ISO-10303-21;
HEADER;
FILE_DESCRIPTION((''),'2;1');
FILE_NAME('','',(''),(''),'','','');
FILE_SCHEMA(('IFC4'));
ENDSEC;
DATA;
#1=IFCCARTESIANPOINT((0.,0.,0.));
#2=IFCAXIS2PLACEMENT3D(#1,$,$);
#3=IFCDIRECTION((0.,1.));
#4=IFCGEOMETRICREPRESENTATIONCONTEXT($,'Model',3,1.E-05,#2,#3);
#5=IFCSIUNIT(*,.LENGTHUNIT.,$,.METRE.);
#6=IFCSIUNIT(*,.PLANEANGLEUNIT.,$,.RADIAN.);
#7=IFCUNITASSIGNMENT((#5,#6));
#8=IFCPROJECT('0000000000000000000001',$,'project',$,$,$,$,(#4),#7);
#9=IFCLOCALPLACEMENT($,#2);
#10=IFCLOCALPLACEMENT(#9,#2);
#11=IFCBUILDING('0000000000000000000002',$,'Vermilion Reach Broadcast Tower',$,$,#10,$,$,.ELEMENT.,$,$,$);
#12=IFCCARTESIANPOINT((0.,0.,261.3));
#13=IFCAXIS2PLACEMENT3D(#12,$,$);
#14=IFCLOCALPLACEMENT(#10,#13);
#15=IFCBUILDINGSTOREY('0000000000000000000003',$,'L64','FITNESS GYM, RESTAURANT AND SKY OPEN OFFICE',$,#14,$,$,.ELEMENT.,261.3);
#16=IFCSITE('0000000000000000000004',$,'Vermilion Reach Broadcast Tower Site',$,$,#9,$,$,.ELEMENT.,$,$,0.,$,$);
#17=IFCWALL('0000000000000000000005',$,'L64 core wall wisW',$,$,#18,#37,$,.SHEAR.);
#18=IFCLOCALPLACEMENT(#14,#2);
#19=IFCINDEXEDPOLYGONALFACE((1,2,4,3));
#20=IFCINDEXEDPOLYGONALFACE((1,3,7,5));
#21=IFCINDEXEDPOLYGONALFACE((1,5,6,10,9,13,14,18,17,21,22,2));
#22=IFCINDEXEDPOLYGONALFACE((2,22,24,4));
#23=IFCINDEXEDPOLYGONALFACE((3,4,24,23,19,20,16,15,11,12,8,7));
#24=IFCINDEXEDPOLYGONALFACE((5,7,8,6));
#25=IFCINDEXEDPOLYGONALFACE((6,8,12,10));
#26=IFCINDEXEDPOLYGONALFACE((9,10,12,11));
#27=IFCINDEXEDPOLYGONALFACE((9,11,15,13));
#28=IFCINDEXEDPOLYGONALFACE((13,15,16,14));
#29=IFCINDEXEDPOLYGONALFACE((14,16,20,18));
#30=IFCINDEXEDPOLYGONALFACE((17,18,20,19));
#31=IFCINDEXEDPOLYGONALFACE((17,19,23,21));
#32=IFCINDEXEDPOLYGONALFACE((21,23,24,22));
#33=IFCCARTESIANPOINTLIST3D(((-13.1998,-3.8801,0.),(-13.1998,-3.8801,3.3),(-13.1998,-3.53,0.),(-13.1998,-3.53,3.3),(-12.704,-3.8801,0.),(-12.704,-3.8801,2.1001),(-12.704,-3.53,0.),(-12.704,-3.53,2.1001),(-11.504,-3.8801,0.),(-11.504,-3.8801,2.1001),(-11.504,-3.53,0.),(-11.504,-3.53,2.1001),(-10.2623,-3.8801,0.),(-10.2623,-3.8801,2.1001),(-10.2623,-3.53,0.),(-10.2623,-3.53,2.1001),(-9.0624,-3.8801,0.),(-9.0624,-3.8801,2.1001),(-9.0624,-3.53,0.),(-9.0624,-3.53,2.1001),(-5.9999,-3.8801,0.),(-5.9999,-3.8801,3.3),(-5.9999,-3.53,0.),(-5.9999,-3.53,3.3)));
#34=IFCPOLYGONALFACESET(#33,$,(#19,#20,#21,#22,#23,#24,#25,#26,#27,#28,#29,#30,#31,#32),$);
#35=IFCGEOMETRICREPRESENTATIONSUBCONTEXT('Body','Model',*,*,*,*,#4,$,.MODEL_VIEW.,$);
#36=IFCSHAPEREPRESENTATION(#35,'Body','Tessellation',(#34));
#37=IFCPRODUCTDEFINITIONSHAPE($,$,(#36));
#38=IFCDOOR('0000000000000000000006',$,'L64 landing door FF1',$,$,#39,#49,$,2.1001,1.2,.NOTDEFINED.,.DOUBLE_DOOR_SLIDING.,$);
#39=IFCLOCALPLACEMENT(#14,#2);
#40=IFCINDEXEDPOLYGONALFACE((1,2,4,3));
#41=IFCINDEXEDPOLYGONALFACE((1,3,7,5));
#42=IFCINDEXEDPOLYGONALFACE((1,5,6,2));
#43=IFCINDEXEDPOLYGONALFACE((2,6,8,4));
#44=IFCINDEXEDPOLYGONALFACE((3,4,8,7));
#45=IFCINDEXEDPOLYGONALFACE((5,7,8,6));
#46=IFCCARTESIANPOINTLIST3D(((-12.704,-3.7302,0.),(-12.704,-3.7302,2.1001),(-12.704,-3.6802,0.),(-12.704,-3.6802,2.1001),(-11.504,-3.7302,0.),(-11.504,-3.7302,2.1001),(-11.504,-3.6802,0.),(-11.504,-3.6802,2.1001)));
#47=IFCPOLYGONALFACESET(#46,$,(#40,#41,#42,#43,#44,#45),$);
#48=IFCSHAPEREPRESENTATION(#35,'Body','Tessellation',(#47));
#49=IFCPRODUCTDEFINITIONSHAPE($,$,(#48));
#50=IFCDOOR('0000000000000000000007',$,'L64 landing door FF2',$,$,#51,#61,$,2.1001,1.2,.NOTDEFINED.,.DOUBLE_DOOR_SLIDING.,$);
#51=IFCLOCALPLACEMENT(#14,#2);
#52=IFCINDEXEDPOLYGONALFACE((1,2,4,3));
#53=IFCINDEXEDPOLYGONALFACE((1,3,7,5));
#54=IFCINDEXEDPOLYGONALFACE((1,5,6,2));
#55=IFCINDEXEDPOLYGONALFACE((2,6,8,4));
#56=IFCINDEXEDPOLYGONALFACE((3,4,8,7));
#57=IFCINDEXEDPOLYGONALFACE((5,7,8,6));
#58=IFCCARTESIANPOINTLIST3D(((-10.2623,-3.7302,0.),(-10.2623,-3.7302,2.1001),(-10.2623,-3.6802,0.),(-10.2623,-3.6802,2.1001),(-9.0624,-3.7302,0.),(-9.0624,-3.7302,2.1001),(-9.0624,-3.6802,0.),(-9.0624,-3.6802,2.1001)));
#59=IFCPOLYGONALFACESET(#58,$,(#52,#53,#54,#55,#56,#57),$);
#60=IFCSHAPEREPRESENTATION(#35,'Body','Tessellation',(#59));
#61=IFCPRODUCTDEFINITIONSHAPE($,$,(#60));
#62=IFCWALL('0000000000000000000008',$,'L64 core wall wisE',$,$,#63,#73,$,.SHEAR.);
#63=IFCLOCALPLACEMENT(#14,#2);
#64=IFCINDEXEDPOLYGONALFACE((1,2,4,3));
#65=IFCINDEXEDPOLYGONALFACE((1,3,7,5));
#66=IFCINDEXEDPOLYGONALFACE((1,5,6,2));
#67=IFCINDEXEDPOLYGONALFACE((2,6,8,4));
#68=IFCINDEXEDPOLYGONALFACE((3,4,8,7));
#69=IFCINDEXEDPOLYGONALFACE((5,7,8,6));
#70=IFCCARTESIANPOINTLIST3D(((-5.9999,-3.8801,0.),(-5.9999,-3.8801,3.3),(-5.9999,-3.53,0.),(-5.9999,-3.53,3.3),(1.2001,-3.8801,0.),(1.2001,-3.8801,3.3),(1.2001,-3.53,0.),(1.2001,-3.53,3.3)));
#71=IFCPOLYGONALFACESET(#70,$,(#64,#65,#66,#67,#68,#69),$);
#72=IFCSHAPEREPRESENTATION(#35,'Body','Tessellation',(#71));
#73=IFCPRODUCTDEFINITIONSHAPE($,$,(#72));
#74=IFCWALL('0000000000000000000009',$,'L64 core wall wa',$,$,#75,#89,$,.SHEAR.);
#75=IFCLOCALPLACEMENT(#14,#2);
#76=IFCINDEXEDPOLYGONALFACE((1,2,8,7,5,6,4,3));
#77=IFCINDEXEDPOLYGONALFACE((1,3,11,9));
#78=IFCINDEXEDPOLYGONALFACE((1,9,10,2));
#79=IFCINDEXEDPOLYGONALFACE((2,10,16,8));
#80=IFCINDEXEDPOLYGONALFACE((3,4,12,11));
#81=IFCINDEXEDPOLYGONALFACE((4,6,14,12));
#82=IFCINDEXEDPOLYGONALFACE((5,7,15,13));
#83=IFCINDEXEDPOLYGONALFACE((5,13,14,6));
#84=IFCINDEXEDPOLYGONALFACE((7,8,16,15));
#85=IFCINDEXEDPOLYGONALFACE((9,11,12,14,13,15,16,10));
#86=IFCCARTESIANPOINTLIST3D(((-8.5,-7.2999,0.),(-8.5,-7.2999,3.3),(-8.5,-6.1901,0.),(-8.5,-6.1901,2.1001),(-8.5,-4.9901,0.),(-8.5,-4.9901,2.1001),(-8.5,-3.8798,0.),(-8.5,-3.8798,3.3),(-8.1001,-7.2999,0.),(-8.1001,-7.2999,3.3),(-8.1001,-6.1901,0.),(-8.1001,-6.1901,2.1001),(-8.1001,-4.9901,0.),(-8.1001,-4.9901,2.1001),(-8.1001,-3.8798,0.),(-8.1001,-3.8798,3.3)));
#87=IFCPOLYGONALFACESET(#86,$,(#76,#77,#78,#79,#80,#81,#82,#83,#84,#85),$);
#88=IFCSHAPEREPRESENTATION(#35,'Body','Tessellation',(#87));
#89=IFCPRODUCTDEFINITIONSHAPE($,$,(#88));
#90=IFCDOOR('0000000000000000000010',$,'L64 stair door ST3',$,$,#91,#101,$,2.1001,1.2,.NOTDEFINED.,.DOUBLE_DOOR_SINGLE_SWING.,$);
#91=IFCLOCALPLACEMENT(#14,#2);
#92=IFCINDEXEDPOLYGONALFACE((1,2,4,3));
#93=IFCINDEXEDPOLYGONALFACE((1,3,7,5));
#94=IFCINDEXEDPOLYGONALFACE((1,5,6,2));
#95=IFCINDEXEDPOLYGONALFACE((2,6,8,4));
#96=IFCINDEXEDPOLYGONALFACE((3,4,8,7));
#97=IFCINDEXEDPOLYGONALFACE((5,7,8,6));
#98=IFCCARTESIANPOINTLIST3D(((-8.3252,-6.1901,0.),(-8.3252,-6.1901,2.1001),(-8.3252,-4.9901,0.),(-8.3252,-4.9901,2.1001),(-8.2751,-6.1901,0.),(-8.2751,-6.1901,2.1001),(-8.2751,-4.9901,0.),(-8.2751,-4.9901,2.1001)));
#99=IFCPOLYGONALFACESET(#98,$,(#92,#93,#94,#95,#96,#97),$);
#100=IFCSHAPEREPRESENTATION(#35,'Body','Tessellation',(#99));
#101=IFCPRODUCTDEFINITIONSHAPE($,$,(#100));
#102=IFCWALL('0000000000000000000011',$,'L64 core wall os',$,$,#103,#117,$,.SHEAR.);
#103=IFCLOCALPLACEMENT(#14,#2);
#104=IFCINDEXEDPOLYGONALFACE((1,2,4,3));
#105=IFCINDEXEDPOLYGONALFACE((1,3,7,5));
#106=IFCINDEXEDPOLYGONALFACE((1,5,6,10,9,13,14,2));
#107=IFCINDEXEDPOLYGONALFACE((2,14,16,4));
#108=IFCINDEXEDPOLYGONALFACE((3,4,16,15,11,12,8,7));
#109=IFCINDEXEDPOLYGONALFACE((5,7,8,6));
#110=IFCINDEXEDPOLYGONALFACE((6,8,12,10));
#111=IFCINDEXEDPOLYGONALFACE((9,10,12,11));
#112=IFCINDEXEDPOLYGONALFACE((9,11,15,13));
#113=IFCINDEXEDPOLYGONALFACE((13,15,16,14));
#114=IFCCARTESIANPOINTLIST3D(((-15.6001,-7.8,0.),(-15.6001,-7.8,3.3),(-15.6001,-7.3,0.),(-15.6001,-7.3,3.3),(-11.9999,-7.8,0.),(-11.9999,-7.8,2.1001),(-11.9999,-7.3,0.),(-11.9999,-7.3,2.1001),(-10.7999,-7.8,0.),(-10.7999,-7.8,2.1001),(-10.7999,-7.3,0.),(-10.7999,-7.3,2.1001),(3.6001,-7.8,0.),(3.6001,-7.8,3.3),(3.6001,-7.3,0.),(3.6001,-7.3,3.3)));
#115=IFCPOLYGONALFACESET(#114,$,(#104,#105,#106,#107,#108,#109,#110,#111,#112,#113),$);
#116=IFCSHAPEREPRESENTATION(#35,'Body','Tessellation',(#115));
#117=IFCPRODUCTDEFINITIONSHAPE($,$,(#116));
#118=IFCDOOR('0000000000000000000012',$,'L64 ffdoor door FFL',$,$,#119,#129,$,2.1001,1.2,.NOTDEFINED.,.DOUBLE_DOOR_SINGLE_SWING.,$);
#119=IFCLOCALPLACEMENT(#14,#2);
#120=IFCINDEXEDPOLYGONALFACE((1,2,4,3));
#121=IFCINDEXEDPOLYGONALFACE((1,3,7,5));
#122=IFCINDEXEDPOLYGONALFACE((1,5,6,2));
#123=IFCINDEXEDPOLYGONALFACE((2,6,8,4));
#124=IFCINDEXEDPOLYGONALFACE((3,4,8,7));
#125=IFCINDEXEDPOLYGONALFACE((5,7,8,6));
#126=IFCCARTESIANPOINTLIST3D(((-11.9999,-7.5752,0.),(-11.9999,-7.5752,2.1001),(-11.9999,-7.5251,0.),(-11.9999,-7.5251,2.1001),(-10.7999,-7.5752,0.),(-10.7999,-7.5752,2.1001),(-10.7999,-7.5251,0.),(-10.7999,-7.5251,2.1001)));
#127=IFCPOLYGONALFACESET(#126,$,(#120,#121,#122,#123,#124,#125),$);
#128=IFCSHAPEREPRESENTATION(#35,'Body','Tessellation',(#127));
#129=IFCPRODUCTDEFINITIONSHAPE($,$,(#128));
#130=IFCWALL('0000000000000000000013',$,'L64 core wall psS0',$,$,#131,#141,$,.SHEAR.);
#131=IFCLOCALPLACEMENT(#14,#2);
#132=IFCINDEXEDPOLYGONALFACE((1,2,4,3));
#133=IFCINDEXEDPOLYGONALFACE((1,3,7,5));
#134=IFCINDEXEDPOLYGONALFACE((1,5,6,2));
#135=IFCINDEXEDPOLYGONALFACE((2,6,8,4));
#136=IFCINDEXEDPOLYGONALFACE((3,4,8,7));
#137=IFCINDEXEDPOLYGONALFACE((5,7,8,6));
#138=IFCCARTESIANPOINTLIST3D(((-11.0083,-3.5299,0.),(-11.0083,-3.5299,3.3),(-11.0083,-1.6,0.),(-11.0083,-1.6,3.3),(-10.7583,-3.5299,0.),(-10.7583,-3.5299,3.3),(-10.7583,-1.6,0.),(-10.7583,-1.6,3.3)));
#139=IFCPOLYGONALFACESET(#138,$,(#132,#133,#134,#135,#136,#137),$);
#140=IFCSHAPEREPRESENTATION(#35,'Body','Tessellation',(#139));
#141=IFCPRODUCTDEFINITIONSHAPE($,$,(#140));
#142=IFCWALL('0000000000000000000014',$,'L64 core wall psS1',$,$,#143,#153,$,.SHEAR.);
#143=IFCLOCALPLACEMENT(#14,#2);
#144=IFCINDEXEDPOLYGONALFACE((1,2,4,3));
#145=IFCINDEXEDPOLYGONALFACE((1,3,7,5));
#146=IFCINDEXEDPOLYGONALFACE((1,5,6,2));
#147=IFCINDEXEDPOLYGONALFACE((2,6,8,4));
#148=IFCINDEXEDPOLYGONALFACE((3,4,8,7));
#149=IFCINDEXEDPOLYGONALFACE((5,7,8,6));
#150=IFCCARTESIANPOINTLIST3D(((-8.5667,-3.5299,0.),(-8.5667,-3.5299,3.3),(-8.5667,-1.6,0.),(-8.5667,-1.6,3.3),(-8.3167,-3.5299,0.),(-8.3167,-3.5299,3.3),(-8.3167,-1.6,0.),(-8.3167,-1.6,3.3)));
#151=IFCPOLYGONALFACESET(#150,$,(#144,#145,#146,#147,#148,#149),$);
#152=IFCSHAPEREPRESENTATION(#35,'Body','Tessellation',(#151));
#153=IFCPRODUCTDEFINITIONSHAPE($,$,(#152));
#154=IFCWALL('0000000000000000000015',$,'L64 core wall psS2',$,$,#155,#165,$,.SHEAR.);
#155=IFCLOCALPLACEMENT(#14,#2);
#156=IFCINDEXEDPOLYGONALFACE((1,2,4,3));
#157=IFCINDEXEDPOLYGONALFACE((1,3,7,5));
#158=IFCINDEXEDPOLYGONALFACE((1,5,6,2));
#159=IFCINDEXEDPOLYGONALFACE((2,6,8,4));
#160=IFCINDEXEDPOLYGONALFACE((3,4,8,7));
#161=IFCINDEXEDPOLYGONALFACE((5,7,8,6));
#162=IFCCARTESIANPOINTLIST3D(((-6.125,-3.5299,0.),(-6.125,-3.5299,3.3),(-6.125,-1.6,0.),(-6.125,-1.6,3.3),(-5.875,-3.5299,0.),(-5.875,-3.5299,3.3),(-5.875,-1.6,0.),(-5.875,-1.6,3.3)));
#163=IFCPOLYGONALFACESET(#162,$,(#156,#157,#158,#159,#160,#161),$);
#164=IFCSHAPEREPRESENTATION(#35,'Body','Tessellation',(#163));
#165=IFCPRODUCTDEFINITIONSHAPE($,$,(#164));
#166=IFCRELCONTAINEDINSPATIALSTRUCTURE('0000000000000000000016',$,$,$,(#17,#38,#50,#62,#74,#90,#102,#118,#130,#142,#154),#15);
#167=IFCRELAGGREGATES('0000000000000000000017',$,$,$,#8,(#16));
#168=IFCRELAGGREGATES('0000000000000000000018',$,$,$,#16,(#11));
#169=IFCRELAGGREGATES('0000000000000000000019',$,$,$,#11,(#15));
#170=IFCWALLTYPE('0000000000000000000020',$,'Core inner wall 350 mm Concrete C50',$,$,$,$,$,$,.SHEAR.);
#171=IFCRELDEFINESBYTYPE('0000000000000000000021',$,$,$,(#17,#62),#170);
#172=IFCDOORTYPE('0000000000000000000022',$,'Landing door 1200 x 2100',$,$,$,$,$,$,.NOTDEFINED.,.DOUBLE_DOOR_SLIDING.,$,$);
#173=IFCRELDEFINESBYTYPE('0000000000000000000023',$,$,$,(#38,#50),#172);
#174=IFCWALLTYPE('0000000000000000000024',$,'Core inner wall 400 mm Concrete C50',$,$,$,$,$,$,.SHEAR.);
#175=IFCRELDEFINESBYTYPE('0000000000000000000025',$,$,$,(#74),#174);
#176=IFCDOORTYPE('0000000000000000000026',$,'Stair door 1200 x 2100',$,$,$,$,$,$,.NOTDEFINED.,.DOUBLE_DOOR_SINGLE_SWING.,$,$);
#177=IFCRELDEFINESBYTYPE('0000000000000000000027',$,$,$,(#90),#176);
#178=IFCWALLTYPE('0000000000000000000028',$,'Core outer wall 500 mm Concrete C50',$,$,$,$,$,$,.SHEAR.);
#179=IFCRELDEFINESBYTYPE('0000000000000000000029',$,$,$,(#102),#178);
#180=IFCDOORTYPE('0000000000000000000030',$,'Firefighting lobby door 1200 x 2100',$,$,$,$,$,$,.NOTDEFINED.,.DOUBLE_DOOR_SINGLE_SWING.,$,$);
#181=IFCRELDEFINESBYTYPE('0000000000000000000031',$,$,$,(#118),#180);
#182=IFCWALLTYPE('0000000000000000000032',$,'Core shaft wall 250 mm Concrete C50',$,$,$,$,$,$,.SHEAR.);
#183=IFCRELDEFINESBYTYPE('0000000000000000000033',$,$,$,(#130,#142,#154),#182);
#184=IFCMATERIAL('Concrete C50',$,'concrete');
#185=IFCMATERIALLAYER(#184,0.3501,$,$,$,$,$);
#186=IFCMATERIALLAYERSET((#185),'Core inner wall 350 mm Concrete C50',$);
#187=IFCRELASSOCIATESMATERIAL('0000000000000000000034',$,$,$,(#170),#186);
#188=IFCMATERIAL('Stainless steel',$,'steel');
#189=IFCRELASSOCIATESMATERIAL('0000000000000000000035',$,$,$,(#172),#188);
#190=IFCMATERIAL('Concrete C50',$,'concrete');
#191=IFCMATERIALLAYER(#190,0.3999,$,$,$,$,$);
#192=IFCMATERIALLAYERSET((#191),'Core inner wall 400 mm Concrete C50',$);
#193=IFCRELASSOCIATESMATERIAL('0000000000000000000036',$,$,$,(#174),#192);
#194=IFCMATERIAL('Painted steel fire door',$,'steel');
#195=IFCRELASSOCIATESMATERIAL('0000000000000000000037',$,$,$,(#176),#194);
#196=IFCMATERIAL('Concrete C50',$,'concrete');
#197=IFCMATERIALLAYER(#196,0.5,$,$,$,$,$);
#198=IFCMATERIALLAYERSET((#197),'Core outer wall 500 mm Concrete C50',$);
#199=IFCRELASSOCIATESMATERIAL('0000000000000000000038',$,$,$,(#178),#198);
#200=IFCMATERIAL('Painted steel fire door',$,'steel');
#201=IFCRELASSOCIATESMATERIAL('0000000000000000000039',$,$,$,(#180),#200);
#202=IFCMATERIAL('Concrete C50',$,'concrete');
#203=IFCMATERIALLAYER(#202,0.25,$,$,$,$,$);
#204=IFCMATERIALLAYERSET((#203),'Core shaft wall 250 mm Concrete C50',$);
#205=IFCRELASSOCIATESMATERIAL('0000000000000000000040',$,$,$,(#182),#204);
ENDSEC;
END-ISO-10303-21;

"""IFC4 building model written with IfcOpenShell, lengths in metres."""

from ifc_helpers import new_model, si_unit, direction, frame, frame_2d, origin, place, context, subcontext, project, spatial, rectangle, extrude, material, layer, layer_set, type_object, element, fill, save


model = new_model("IFC4")

# Units and contexts
model_context = context("Model", 3, precision=1e-05, world=origin(), true_north=direction((0.0, 1.0)))
body_context = subcontext(model_context, "Body", "Model", "MODEL_VIEW")
ifc_project = project(units=[si_unit("LENGTHUNIT", "METRE"), si_unit("PLANEANGLEUNIT", "RADIAN")], contexts=[model_context])

# Site, building, storey
site_placement = place(None, origin())
site = spatial("IfcSite", under=ifc_project, at=site_placement, Name="Vermilion Reach Broadcast Tower Site", CompositionType="ELEMENT", RefElevation=0.0)
building_placement = place(site_placement, origin())
building = spatial("IfcBuilding", under=site, at=building_placement, Name="Vermilion Reach Broadcast Tower", CompositionType="ELEMENT")
storey_placement = place(building_placement, frame((0.0, 0.0, 261.3)))
storey = spatial("IfcBuildingStorey", under=building, at=storey_placement, Name="L64", Description="FITNESS GYM, RESTAURANT AND SKY OPEN OFFICE", CompositionType="ELEMENT", Elevation=261.3)

# Wall, openings, doors
ifc_material_1 = material(Name="Concrete C50", Category="concrete")
ifc_layer_1 = layer(ifc_material_1, 0.3501)
ifc_layer_set_1 = layer_set([ifc_layer_1], Name="Core inner wall 350 mm Concrete C50")
wall_type_1 = type_object("IfcWallType", Name="Core inner wall 350 mm Concrete C50", PredefinedType="SHEAR", material=ifc_layer_set_1)
wall_1_placement = place(storey_placement, frame((-13.2, -3.7051, 0.0), z_axis=(0.0, 0.0, 1.0), x_axis=(1.0, 0.0, 0.0)))
wall_1 = element("IfcWall", 1, at=wall_1_placement, inside=storey, type_object=wall_type_1, Name="L64 core wall wisW", PredefinedType="SHEAR", context=body_context, shape_type="SweptSolid", body=[
    extrude(rectangle(XDim=7.2, YDim=0.3501, at=frame_2d((3.6001, 0.0))), origin(), (0.0, 0.0, 1.0), 3.3),
])
opening_1_placement = place(wall_1_placement, frame((0.4958, 0.0, 0.0)))
opening_1 = element("IfcOpeningElement", 2, at=opening_1_placement, cuts=wall_1, PredefinedType="OPENING", context=body_context, shape_type="SweptSolid", body=[
    extrude(rectangle(XDim=1.2, YDim=2.1001, at=frame_2d((0.6001, 1.05))), frame((0.0, 0.1851, 0.0), z_axis=(0.0, -1.0, 0.0), x_axis=(1.0, 0.0, 0.0)), (0.0, 0.0, 1.0), 0.3701),
])
opening_2_placement = place(wall_1_placement, frame((2.9375, 0.0, 0.0)))
opening_2 = element("IfcOpeningElement", 3, at=opening_2_placement, cuts=wall_1, PredefinedType="OPENING", context=body_context, shape_type="SweptSolid", body=[
    extrude(rectangle(XDim=1.2, YDim=2.1001, at=frame_2d((0.6001, 1.05))), frame((0.0, 0.1851, 0.0), z_axis=(0.0, -1.0, 0.0), x_axis=(1.0, 0.0, 0.0)), (0.0, 0.0, 1.0), 0.3701),
])
ifc_material_2 = material(Name="Stainless steel", Category="steel")
door_type_1 = type_object("IfcDoorType", Name="Landing door 1200 x 2100", OperationType="DOUBLE_DOOR_SLIDING", PredefinedType="NOTDEFINED", material=ifc_material_2)
door_1_placement = place(opening_1_placement, origin())
door_1 = element("IfcDoor", 4, at=door_1_placement, inside=storey, type_object=door_type_1, Name="L64 landing door FF1", OperationType="DOUBLE_DOOR_SLIDING", OverallHeight=2.1001, OverallWidth=1.2, PredefinedType="NOTDEFINED", context=body_context, shape_type="SweptSolid", body=[
    extrude(rectangle(XDim=1.2, YDim=2.1001, at=frame_2d((0.6001, 1.05))), frame((0.0, 0.0249, 0.0), z_axis=(0.0, -1.0, 0.0), x_axis=(1.0, 0.0, 0.0)), (0.0, 0.0, 1.0), 0.05),
])
fill(opening_1, door_1)
door_2_placement = place(opening_2_placement, origin())
door_2 = element("IfcDoor", 5, at=door_2_placement, inside=storey, type_object=door_type_1, Name="L64 landing door FF2", OperationType="DOUBLE_DOOR_SLIDING", OverallHeight=2.1001, OverallWidth=1.2, PredefinedType="NOTDEFINED", context=body_context, shape_type="SweptSolid", body=[
    extrude(rectangle(XDim=1.2, YDim=2.1001, at=frame_2d((0.6001, 1.05))), frame((0.0, 0.0249, 0.0), z_axis=(0.0, -1.0, 0.0), x_axis=(1.0, 0.0, 0.0)), (0.0, 0.0, 1.0), 0.05),
])
fill(opening_2, door_2)

# Wall
wall_2_placement = place(storey_placement, frame((-6.0, -3.7051, 0.0), z_axis=(0.0, 0.0, 1.0), x_axis=(1.0, 0.0, 0.0)))
element("IfcWall", 6, at=wall_2_placement, inside=storey, type_object=wall_type_1, Name="L64 core wall wisE", PredefinedType="SHEAR", context=body_context, shape_type="SweptSolid", body=[
    extrude(rectangle(XDim=7.2, YDim=0.3501, at=frame_2d((3.6001, 0.0))), origin(), (0.0, 0.0, 1.0), 3.3),
])

# Walls, openings, doors
ifc_material_3 = material(Name="Concrete C50", Category="concrete")
ifc_layer_2 = layer(ifc_material_3, 0.3999)
ifc_layer_set_2 = layer_set([ifc_layer_2], Name="Core inner wall 400 mm Concrete C50")
wall_type_2 = type_object("IfcWallType", Name="Core inner wall 400 mm Concrete C50", PredefinedType="SHEAR", material=ifc_layer_set_2)
wall_3_placement = place(storey_placement, frame((-8.3, -3.8799, 0.0), z_axis=(0.0, 0.0, 1.0), x_axis=(0.0, -1.0, 0.0)))
wall_3 = element("IfcWall", 7, at=wall_3_placement, inside=storey, type_object=wall_type_2, Name="L64 core wall wa", PredefinedType="SHEAR", context=body_context, shape_type="SweptSolid", body=[
    extrude(rectangle(XDim=3.4202, YDim=0.3999, at=frame_2d((1.71, 0.0))), origin(), (0.0, 0.0, 1.0), 3.3),
])
opening_3_placement = place(wall_3_placement, frame((1.1101, 0.0, 0.0)))
opening_3 = element("IfcOpeningElement", 8, at=opening_3_placement, cuts=wall_3, PredefinedType="OPENING", context=body_context, shape_type="SweptSolid", body=[
    extrude(rectangle(XDim=1.2, YDim=2.1001, at=frame_2d((0.6001, 1.05))), frame((0.0, 0.21, 0.0), z_axis=(0.0, -1.0, 0.0), x_axis=(1.0, 0.0, 0.0)), (0.0, 0.0, 1.0), 0.4199),
])
ifc_material_4 = material(Name="Painted steel fire door", Category="steel")
door_type_2 = type_object("IfcDoorType", Name="Stair door 1200 x 2100", OperationType="DOUBLE_DOOR_SINGLE_SWING", PredefinedType="NOTDEFINED", material=ifc_material_4)
door_3_placement = place(opening_3_placement, origin())
door_3 = element("IfcDoor", 9, at=door_3_placement, inside=storey, type_object=door_type_2, Name="L64 stair door ST3", OperationType="DOUBLE_DOOR_SINGLE_SWING", OverallHeight=2.1001, OverallWidth=1.2, PredefinedType="NOTDEFINED", context=body_context, shape_type="SweptSolid", body=[
    extrude(rectangle(XDim=1.2, YDim=2.1001, at=frame_2d((0.6001, 1.05))), frame((0.0, 0.0249, 0.0), z_axis=(0.0, -1.0, 0.0), x_axis=(1.0, 0.0, 0.0)), (0.0, 0.0, 1.0), 0.05),
])
fill(opening_3, door_3)
ifc_material_5 = material(Name="Concrete C50", Category="concrete")
ifc_layer_3 = layer(ifc_material_5, 0.5)
ifc_layer_set_3 = layer_set([ifc_layer_3], Name="Core outer wall 500 mm Concrete C50")
wall_type_3 = type_object("IfcWallType", Name="Core outer wall 500 mm Concrete C50", PredefinedType="SHEAR", material=ifc_layer_set_3)
wall_4_placement = place(storey_placement, frame((-15.6001, -7.55, 0.0), z_axis=(0.0, 0.0, 1.0), x_axis=(1.0, 0.0, 0.0)))
wall_4 = element("IfcWall", 10, at=wall_4_placement, inside=storey, type_object=wall_type_3, Name="L64 core wall os", PredefinedType="SHEAR", context=body_context, shape_type="SweptSolid", body=[
    extrude(rectangle(XDim=19.2002, YDim=0.5, at=frame_2d((9.6001, 0.0))), origin(), (0.0, 0.0, 1.0), 3.3),
])
opening_4_placement = place(wall_4_placement, frame((3.6001, 0.0, 0.0)))
opening_4 = element("IfcOpeningElement", 11, at=opening_4_placement, cuts=wall_4, PredefinedType="OPENING", context=body_context, shape_type="SweptSolid", body=[
    extrude(rectangle(XDim=1.2, YDim=2.1001, at=frame_2d((0.6001, 1.05))), frame((0.0, 0.26, 0.0), z_axis=(0.0, -1.0, 0.0), x_axis=(1.0, 0.0, 0.0)), (0.0, 0.0, 1.0), 0.52),
])
ifc_material_6 = material(Name="Painted steel fire door", Category="steel")
door_type_3 = type_object("IfcDoorType", Name="Firefighting lobby door 1200 x 2100", OperationType="DOUBLE_DOOR_SINGLE_SWING", PredefinedType="NOTDEFINED", material=ifc_material_6)
door_4_placement = place(opening_4_placement, origin())
door_4 = element("IfcDoor", 12, at=door_4_placement, inside=storey, type_object=door_type_3, Name="L64 ffdoor door FFL", OperationType="DOUBLE_DOOR_SINGLE_SWING", OverallHeight=2.1001, OverallWidth=1.2, PredefinedType="NOTDEFINED", context=body_context, shape_type="SweptSolid", body=[
    extrude(rectangle(XDim=1.2, YDim=2.1001, at=frame_2d((0.6001, 1.05))), frame((0.0, 0.0249, 0.0), z_axis=(0.0, -1.0, 0.0), x_axis=(1.0, 0.0, 0.0)), (0.0, 0.0, 1.0), 0.05),
])
fill(opening_4, door_4)

# Walls
ifc_material_7 = material(Name="Concrete C50", Category="concrete")
ifc_layer_4 = layer(ifc_material_7, 0.25)
ifc_layer_set_4 = layer_set([ifc_layer_4], Name="Core shaft wall 250 mm Concrete C50")
wall_type_4 = type_object("IfcWallType", Name="Core shaft wall 250 mm Concrete C50", PredefinedType="SHEAR", material=ifc_layer_set_4)
for number, where, z_axis, x_axis, name in (
    (13, (-10.8833, -1.6001, 0.0), (0.0, 0.0, 1.0), (0.0, -1.0, 0.0), "L64 core wall psS0"),
    (14, (-8.4417, -1.6001, 0.0), (0.0, 0.0, 1.0), (0.0, -1.0, 0.0), "L64 core wall psS1"),
    (15, (-6.0, -1.6001, 0.0), (0.0, 0.0, 1.0), (0.0, -1.0, 0.0), "L64 core wall psS2"),
):
    element("IfcWall", number, at=place(storey_placement, frame(where, z_axis=z_axis, x_axis=x_axis)), inside=storey, type_object=wall_type_4, Name=name, PredefinedType="SHEAR", context=body_context, shape_type="SweptSolid", body=[
        extrude(rectangle(XDim=1.9299, YDim=0.25, at=frame_2d((0.9648, 0.0))), origin(), (0.0, 0.0, 1.0), 3.3),
    ])

save(model, "model.ifc")
